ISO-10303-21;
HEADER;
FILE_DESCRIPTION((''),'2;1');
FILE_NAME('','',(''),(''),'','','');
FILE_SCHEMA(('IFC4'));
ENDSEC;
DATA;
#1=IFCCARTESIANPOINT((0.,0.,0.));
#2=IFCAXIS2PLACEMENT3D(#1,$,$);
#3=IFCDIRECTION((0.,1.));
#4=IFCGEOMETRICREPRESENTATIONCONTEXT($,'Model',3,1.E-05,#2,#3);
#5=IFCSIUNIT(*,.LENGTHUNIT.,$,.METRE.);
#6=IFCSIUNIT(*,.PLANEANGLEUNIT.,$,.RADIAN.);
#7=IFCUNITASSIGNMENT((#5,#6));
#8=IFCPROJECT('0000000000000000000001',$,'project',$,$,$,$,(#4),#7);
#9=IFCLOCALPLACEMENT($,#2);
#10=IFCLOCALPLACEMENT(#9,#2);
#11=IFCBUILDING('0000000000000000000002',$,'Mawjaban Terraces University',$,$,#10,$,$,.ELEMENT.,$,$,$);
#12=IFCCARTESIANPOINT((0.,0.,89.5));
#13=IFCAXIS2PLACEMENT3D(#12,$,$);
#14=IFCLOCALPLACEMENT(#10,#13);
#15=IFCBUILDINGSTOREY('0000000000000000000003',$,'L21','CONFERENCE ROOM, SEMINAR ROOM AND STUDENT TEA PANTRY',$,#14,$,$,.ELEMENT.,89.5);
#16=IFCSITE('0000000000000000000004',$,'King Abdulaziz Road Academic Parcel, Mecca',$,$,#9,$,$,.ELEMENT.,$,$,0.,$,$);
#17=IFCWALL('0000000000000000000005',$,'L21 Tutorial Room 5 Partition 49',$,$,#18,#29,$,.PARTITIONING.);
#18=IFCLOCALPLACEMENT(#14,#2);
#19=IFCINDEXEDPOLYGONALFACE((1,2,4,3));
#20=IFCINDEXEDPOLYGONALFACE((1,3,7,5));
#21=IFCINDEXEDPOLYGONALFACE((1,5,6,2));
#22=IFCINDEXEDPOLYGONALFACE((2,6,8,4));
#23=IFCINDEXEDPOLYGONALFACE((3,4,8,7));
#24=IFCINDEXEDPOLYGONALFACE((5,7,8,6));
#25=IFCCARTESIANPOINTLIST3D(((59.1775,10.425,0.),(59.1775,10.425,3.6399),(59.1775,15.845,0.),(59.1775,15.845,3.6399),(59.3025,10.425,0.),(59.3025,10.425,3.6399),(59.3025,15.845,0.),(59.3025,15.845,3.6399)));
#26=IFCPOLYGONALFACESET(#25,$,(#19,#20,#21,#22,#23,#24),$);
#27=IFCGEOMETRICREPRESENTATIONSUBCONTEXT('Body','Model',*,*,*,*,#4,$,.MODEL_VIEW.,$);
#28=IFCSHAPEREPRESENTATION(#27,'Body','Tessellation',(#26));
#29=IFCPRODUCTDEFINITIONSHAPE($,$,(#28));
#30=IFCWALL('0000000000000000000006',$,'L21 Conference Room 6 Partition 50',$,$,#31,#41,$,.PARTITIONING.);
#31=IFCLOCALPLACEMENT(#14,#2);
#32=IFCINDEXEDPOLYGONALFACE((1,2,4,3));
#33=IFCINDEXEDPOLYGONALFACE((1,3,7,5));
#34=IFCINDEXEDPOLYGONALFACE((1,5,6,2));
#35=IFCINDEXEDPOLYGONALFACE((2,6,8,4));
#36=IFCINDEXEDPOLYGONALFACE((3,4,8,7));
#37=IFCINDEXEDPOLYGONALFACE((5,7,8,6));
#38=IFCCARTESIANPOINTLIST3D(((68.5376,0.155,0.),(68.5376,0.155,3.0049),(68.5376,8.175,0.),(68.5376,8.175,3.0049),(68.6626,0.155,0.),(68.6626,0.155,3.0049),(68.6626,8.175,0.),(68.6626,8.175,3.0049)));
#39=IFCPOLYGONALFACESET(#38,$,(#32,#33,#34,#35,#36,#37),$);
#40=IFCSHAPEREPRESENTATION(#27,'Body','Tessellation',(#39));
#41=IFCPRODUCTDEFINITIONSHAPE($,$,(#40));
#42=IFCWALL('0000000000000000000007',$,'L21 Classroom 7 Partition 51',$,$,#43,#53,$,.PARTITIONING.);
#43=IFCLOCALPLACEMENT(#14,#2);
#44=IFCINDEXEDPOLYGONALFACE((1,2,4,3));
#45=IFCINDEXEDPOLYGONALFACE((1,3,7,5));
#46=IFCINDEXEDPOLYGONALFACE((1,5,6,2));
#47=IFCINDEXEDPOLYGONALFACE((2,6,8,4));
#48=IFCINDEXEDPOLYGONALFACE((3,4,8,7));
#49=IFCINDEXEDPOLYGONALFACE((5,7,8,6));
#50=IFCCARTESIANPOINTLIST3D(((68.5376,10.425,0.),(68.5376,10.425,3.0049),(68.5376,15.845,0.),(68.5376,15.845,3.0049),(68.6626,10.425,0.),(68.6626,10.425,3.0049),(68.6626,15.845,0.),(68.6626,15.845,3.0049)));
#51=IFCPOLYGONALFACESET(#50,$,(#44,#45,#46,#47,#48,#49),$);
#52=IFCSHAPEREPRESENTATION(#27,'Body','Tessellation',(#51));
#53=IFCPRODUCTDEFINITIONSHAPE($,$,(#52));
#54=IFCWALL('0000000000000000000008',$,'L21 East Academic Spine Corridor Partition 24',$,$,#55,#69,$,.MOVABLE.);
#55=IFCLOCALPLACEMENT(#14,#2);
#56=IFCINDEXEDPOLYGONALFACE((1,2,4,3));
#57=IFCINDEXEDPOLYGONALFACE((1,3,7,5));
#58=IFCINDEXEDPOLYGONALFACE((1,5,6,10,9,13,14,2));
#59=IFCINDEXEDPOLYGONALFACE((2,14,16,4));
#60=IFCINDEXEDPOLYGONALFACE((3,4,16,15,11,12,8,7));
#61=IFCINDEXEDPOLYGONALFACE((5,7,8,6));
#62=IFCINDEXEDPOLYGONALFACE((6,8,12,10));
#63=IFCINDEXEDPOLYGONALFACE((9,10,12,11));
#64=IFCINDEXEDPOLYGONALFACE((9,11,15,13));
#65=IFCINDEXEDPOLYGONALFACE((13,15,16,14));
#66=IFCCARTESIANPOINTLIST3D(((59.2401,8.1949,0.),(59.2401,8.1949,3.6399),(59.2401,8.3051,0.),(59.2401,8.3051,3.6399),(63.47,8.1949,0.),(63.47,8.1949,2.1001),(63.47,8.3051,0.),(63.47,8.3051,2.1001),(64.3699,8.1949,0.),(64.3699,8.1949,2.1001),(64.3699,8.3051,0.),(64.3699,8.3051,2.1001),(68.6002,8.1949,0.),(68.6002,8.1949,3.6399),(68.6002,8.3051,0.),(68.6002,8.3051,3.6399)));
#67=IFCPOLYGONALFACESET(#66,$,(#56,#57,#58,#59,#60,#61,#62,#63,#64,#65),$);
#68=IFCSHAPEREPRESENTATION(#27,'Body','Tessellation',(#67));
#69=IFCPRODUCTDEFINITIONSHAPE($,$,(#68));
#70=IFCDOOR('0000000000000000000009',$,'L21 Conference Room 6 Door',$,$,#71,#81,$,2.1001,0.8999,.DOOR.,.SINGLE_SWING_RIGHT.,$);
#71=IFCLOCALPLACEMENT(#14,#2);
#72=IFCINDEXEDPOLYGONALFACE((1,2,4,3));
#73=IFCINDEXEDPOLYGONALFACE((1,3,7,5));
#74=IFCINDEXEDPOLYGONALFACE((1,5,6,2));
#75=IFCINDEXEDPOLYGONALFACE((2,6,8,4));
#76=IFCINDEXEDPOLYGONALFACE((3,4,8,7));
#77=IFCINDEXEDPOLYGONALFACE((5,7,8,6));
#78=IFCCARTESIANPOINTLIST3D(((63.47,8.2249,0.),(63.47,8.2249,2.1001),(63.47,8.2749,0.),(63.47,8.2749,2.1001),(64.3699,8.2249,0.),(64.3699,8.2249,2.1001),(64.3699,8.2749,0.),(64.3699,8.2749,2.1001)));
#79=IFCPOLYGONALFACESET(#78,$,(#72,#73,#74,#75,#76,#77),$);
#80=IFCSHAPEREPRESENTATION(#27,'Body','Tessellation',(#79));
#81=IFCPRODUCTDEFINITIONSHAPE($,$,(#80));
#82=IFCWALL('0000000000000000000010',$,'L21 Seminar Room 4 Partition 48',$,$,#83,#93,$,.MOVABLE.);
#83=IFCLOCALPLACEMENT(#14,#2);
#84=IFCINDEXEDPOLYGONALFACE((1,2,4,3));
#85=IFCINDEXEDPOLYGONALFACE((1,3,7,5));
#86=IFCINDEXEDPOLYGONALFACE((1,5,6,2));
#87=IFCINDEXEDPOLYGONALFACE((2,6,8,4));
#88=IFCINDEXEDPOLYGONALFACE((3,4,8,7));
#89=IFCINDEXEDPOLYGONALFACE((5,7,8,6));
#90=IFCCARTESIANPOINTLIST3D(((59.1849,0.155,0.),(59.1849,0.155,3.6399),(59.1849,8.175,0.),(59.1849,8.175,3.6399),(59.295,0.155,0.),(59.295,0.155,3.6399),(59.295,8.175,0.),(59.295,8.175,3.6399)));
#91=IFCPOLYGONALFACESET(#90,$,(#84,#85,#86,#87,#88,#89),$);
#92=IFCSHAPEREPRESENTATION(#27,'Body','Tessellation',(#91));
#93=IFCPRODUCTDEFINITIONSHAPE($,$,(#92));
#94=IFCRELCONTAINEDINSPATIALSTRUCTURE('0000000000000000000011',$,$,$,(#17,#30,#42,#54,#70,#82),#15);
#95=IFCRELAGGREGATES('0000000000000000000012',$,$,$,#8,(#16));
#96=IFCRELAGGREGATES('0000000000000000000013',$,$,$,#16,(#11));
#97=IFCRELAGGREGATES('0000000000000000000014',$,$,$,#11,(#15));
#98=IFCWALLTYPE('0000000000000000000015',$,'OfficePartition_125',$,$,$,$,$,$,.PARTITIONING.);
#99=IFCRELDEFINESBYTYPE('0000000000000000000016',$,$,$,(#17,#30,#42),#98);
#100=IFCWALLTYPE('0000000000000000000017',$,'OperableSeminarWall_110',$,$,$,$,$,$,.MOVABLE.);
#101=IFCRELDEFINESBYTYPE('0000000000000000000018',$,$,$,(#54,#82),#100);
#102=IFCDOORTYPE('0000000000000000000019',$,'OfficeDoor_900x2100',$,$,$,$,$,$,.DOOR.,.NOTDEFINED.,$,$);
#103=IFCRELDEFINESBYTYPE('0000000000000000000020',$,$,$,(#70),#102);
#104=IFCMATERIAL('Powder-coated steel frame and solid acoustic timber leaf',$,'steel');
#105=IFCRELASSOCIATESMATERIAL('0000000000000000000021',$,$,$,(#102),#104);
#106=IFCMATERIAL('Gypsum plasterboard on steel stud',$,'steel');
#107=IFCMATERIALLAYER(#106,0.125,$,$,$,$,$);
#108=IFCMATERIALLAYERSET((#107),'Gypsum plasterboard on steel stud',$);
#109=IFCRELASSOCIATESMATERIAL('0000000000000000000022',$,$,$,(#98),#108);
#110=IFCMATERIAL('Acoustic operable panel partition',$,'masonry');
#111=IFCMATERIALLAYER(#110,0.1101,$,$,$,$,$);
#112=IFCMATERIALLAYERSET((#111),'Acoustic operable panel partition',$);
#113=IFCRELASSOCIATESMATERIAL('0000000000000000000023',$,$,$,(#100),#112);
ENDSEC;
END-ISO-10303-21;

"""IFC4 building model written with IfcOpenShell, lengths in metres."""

from ifc_helpers import new_model, si_unit, direction, frame, frame_2d, origin, place, context, subcontext, project, spatial, rectangle, extrude, material, layer, layer_set, type_object, element, fill, save


model = new_model("IFC4")

# Units and contexts
model_context = context("Model", 3, precision=1e-05, world=origin(), true_north=direction((0.0, 1.0)))
body_context = subcontext(model_context, "Body", "Model", "MODEL_VIEW")
ifc_project = project(units=[si_unit("LENGTHUNIT", "METRE"), si_unit("PLANEANGLEUNIT", "RADIAN")], contexts=[model_context])

# Site, building, storey
site_placement = place(None, origin())
site = spatial("IfcSite", under=ifc_project, at=site_placement, Name="King Abdulaziz Road Academic Parcel, Mecca", CompositionType="ELEMENT", RefElevation=0.0)
building_placement = place(site_placement, origin())
building = spatial("IfcBuilding", under=site, at=building_placement, Name="Mawjaban Terraces University", CompositionType="ELEMENT")
storey_placement = place(building_placement, frame((0.0, 0.0, 89.5)))
storey = spatial("IfcBuildingStorey", under=building, at=storey_placement, Name="L21", Description="CONFERENCE ROOM, SEMINAR ROOM AND STUDENT TEA PANTRY", CompositionType="ELEMENT", Elevation=89.5)

# Shared definitions
ifc_material_1 = material(Name="Powder-coated steel frame and solid acoustic timber leaf", Category="steel")
door_type_1 = type_object("IfcDoorType", Name="OfficeDoor_900x2100", OperationType="NOTDEFINED", PredefinedType="DOOR", material=ifc_material_1)

# Walls
ifc_material_2 = material(Name="Gypsum plasterboard on steel stud", Category="steel")
ifc_layer_1 = layer(ifc_material_2, 0.125)
ifc_layer_set_1 = layer_set([ifc_layer_1], Name="Gypsum plasterboard on steel stud")
wall_type_1 = type_object("IfcWallType", Name="OfficePartition_125", PredefinedType="PARTITIONING", material=ifc_layer_set_1)
wall_1_placement = place(storey_placement, frame((59.24, 10.425, 0.0), z_axis=(0.0, 0.0, 1.0), x_axis=(0.0, 1.0, 0.0)))
element("IfcWall", 1, at=wall_1_placement, inside=storey, type_object=wall_type_1, Name="L21 Tutorial Room 5 Partition 49", PredefinedType="PARTITIONING", context=body_context, shape_type="SweptSolid", body=[
    extrude(rectangle(XDim=5.4199, YDim=0.125, at=frame_2d((2.71, 0.0))), origin(), (0.0, 0.0, 1.0), 3.6399),
])
wall_2_placement = place(storey_placement, frame((68.6001, 0.155, 0.0), z_axis=(0.0, 0.0, 1.0), x_axis=(0.0, 1.0, 0.0)))
element("IfcWall", 2, at=wall_2_placement, inside=storey, type_object=wall_type_1, Name="L21 Conference Room 6 Partition 50", PredefinedType="PARTITIONING", context=body_context, shape_type="SweptSolid", body=[
    extrude(rectangle(XDim=8.02, YDim=0.125, at=frame_2d((4.01, 0.0))), origin(), (0.0, 0.0, 1.0), 3.0049),
])
wall_3_placement = place(storey_placement, frame((68.6001, 10.425, 0.0), z_axis=(0.0, 0.0, 1.0), x_axis=(0.0, 1.0, 0.0)))
element("IfcWall", 3, at=wall_3_placement, inside=storey, type_object=wall_type_1, Name="L21 Classroom 7 Partition 51", PredefinedType="PARTITIONING", context=body_context, shape_type="SweptSolid", body=[
    extrude(rectangle(XDim=5.4199, YDim=0.125, at=frame_2d((2.71, 0.0))), origin(), (0.0, 0.0, 1.0), 3.0049),
])

# Wall, opening, door
ifc_material_3 = material(Name="Acoustic operable panel partition", Category="masonry")
ifc_layer_2 = layer(ifc_material_3, 0.1101)
ifc_layer_set_2 = layer_set([ifc_layer_2], Name="Acoustic operable panel partition")
wall_type_2 = type_object("IfcWallType", Name="OperableSeminarWall_110", PredefinedType="MOVABLE", material=ifc_layer_set_2)
wall_4_placement = place(storey_placement, frame((59.24, 8.25, 0.0), z_axis=(0.0, 0.0, 1.0), x_axis=(1.0, 0.0, 0.0)))
wall_4 = element("IfcWall", 4, at=wall_4_placement, inside=storey, type_object=wall_type_2, Name="L21 East Academic Spine Corridor Partition 24", PredefinedType="MOVABLE", context=body_context, shape_type="SweptSolid", body=[
    extrude(rectangle(XDim=9.3601, YDim=0.1101, at=frame_2d((4.6802, 0.0))), origin(), (0.0, 0.0, 1.0), 3.6399),
])
opening_1_placement = place(wall_4_placement, frame((4.23, 0.0, 0.0)))
opening_1 = element("IfcOpeningElement", 5, at=opening_1_placement, cuts=wall_4, PredefinedType="OPENING", context=body_context, shape_type="SweptSolid", body=[
    extrude(rectangle(XDim=0.8999, YDim=2.1001, at=frame_2d((0.45, 1.05))), frame((0.0, 0.0649, 0.0), z_axis=(0.0, -1.0, 0.0), x_axis=(1.0, 0.0, 0.0)), (0.0, 0.0, 1.0), 0.1301),
])
door_1_placement = place(opening_1_placement, origin())
door_1 = element("IfcDoor", 6, at=door_1_placement, inside=storey, type_object=door_type_1, Name="L21 Conference Room 6 Door", OperationType="SINGLE_SWING_RIGHT", OverallHeight=2.1001, OverallWidth=0.8999, PredefinedType="DOOR", context=body_context, shape_type="SweptSolid", body=[
    extrude(rectangle(XDim=0.8999, YDim=2.1001, at=frame_2d((0.45, 1.05))), frame((0.0, 0.0249, 0.0), z_axis=(0.0, -1.0, 0.0), x_axis=(1.0, 0.0, 0.0)), (0.0, 0.0, 1.0), 0.05),
])
fill(opening_1, door_1)

# Wall
wall_5_placement = place(storey_placement, frame((59.24, 0.155, 0.0), z_axis=(0.0, 0.0, 1.0), x_axis=(0.0, 1.0, 0.0)))
element("IfcWall", 7, at=wall_5_placement, inside=storey, type_object=wall_type_2, Name="L21 Seminar Room 4 Partition 48", PredefinedType="MOVABLE", context=body_context, shape_type="SweptSolid", body=[
    extrude(rectangle(XDim=8.02, YDim=0.1101, at=frame_2d((4.01, 0.0))), origin(), (0.0, 0.0, 1.0), 3.6399),
])

save(model, "model.ifc")
